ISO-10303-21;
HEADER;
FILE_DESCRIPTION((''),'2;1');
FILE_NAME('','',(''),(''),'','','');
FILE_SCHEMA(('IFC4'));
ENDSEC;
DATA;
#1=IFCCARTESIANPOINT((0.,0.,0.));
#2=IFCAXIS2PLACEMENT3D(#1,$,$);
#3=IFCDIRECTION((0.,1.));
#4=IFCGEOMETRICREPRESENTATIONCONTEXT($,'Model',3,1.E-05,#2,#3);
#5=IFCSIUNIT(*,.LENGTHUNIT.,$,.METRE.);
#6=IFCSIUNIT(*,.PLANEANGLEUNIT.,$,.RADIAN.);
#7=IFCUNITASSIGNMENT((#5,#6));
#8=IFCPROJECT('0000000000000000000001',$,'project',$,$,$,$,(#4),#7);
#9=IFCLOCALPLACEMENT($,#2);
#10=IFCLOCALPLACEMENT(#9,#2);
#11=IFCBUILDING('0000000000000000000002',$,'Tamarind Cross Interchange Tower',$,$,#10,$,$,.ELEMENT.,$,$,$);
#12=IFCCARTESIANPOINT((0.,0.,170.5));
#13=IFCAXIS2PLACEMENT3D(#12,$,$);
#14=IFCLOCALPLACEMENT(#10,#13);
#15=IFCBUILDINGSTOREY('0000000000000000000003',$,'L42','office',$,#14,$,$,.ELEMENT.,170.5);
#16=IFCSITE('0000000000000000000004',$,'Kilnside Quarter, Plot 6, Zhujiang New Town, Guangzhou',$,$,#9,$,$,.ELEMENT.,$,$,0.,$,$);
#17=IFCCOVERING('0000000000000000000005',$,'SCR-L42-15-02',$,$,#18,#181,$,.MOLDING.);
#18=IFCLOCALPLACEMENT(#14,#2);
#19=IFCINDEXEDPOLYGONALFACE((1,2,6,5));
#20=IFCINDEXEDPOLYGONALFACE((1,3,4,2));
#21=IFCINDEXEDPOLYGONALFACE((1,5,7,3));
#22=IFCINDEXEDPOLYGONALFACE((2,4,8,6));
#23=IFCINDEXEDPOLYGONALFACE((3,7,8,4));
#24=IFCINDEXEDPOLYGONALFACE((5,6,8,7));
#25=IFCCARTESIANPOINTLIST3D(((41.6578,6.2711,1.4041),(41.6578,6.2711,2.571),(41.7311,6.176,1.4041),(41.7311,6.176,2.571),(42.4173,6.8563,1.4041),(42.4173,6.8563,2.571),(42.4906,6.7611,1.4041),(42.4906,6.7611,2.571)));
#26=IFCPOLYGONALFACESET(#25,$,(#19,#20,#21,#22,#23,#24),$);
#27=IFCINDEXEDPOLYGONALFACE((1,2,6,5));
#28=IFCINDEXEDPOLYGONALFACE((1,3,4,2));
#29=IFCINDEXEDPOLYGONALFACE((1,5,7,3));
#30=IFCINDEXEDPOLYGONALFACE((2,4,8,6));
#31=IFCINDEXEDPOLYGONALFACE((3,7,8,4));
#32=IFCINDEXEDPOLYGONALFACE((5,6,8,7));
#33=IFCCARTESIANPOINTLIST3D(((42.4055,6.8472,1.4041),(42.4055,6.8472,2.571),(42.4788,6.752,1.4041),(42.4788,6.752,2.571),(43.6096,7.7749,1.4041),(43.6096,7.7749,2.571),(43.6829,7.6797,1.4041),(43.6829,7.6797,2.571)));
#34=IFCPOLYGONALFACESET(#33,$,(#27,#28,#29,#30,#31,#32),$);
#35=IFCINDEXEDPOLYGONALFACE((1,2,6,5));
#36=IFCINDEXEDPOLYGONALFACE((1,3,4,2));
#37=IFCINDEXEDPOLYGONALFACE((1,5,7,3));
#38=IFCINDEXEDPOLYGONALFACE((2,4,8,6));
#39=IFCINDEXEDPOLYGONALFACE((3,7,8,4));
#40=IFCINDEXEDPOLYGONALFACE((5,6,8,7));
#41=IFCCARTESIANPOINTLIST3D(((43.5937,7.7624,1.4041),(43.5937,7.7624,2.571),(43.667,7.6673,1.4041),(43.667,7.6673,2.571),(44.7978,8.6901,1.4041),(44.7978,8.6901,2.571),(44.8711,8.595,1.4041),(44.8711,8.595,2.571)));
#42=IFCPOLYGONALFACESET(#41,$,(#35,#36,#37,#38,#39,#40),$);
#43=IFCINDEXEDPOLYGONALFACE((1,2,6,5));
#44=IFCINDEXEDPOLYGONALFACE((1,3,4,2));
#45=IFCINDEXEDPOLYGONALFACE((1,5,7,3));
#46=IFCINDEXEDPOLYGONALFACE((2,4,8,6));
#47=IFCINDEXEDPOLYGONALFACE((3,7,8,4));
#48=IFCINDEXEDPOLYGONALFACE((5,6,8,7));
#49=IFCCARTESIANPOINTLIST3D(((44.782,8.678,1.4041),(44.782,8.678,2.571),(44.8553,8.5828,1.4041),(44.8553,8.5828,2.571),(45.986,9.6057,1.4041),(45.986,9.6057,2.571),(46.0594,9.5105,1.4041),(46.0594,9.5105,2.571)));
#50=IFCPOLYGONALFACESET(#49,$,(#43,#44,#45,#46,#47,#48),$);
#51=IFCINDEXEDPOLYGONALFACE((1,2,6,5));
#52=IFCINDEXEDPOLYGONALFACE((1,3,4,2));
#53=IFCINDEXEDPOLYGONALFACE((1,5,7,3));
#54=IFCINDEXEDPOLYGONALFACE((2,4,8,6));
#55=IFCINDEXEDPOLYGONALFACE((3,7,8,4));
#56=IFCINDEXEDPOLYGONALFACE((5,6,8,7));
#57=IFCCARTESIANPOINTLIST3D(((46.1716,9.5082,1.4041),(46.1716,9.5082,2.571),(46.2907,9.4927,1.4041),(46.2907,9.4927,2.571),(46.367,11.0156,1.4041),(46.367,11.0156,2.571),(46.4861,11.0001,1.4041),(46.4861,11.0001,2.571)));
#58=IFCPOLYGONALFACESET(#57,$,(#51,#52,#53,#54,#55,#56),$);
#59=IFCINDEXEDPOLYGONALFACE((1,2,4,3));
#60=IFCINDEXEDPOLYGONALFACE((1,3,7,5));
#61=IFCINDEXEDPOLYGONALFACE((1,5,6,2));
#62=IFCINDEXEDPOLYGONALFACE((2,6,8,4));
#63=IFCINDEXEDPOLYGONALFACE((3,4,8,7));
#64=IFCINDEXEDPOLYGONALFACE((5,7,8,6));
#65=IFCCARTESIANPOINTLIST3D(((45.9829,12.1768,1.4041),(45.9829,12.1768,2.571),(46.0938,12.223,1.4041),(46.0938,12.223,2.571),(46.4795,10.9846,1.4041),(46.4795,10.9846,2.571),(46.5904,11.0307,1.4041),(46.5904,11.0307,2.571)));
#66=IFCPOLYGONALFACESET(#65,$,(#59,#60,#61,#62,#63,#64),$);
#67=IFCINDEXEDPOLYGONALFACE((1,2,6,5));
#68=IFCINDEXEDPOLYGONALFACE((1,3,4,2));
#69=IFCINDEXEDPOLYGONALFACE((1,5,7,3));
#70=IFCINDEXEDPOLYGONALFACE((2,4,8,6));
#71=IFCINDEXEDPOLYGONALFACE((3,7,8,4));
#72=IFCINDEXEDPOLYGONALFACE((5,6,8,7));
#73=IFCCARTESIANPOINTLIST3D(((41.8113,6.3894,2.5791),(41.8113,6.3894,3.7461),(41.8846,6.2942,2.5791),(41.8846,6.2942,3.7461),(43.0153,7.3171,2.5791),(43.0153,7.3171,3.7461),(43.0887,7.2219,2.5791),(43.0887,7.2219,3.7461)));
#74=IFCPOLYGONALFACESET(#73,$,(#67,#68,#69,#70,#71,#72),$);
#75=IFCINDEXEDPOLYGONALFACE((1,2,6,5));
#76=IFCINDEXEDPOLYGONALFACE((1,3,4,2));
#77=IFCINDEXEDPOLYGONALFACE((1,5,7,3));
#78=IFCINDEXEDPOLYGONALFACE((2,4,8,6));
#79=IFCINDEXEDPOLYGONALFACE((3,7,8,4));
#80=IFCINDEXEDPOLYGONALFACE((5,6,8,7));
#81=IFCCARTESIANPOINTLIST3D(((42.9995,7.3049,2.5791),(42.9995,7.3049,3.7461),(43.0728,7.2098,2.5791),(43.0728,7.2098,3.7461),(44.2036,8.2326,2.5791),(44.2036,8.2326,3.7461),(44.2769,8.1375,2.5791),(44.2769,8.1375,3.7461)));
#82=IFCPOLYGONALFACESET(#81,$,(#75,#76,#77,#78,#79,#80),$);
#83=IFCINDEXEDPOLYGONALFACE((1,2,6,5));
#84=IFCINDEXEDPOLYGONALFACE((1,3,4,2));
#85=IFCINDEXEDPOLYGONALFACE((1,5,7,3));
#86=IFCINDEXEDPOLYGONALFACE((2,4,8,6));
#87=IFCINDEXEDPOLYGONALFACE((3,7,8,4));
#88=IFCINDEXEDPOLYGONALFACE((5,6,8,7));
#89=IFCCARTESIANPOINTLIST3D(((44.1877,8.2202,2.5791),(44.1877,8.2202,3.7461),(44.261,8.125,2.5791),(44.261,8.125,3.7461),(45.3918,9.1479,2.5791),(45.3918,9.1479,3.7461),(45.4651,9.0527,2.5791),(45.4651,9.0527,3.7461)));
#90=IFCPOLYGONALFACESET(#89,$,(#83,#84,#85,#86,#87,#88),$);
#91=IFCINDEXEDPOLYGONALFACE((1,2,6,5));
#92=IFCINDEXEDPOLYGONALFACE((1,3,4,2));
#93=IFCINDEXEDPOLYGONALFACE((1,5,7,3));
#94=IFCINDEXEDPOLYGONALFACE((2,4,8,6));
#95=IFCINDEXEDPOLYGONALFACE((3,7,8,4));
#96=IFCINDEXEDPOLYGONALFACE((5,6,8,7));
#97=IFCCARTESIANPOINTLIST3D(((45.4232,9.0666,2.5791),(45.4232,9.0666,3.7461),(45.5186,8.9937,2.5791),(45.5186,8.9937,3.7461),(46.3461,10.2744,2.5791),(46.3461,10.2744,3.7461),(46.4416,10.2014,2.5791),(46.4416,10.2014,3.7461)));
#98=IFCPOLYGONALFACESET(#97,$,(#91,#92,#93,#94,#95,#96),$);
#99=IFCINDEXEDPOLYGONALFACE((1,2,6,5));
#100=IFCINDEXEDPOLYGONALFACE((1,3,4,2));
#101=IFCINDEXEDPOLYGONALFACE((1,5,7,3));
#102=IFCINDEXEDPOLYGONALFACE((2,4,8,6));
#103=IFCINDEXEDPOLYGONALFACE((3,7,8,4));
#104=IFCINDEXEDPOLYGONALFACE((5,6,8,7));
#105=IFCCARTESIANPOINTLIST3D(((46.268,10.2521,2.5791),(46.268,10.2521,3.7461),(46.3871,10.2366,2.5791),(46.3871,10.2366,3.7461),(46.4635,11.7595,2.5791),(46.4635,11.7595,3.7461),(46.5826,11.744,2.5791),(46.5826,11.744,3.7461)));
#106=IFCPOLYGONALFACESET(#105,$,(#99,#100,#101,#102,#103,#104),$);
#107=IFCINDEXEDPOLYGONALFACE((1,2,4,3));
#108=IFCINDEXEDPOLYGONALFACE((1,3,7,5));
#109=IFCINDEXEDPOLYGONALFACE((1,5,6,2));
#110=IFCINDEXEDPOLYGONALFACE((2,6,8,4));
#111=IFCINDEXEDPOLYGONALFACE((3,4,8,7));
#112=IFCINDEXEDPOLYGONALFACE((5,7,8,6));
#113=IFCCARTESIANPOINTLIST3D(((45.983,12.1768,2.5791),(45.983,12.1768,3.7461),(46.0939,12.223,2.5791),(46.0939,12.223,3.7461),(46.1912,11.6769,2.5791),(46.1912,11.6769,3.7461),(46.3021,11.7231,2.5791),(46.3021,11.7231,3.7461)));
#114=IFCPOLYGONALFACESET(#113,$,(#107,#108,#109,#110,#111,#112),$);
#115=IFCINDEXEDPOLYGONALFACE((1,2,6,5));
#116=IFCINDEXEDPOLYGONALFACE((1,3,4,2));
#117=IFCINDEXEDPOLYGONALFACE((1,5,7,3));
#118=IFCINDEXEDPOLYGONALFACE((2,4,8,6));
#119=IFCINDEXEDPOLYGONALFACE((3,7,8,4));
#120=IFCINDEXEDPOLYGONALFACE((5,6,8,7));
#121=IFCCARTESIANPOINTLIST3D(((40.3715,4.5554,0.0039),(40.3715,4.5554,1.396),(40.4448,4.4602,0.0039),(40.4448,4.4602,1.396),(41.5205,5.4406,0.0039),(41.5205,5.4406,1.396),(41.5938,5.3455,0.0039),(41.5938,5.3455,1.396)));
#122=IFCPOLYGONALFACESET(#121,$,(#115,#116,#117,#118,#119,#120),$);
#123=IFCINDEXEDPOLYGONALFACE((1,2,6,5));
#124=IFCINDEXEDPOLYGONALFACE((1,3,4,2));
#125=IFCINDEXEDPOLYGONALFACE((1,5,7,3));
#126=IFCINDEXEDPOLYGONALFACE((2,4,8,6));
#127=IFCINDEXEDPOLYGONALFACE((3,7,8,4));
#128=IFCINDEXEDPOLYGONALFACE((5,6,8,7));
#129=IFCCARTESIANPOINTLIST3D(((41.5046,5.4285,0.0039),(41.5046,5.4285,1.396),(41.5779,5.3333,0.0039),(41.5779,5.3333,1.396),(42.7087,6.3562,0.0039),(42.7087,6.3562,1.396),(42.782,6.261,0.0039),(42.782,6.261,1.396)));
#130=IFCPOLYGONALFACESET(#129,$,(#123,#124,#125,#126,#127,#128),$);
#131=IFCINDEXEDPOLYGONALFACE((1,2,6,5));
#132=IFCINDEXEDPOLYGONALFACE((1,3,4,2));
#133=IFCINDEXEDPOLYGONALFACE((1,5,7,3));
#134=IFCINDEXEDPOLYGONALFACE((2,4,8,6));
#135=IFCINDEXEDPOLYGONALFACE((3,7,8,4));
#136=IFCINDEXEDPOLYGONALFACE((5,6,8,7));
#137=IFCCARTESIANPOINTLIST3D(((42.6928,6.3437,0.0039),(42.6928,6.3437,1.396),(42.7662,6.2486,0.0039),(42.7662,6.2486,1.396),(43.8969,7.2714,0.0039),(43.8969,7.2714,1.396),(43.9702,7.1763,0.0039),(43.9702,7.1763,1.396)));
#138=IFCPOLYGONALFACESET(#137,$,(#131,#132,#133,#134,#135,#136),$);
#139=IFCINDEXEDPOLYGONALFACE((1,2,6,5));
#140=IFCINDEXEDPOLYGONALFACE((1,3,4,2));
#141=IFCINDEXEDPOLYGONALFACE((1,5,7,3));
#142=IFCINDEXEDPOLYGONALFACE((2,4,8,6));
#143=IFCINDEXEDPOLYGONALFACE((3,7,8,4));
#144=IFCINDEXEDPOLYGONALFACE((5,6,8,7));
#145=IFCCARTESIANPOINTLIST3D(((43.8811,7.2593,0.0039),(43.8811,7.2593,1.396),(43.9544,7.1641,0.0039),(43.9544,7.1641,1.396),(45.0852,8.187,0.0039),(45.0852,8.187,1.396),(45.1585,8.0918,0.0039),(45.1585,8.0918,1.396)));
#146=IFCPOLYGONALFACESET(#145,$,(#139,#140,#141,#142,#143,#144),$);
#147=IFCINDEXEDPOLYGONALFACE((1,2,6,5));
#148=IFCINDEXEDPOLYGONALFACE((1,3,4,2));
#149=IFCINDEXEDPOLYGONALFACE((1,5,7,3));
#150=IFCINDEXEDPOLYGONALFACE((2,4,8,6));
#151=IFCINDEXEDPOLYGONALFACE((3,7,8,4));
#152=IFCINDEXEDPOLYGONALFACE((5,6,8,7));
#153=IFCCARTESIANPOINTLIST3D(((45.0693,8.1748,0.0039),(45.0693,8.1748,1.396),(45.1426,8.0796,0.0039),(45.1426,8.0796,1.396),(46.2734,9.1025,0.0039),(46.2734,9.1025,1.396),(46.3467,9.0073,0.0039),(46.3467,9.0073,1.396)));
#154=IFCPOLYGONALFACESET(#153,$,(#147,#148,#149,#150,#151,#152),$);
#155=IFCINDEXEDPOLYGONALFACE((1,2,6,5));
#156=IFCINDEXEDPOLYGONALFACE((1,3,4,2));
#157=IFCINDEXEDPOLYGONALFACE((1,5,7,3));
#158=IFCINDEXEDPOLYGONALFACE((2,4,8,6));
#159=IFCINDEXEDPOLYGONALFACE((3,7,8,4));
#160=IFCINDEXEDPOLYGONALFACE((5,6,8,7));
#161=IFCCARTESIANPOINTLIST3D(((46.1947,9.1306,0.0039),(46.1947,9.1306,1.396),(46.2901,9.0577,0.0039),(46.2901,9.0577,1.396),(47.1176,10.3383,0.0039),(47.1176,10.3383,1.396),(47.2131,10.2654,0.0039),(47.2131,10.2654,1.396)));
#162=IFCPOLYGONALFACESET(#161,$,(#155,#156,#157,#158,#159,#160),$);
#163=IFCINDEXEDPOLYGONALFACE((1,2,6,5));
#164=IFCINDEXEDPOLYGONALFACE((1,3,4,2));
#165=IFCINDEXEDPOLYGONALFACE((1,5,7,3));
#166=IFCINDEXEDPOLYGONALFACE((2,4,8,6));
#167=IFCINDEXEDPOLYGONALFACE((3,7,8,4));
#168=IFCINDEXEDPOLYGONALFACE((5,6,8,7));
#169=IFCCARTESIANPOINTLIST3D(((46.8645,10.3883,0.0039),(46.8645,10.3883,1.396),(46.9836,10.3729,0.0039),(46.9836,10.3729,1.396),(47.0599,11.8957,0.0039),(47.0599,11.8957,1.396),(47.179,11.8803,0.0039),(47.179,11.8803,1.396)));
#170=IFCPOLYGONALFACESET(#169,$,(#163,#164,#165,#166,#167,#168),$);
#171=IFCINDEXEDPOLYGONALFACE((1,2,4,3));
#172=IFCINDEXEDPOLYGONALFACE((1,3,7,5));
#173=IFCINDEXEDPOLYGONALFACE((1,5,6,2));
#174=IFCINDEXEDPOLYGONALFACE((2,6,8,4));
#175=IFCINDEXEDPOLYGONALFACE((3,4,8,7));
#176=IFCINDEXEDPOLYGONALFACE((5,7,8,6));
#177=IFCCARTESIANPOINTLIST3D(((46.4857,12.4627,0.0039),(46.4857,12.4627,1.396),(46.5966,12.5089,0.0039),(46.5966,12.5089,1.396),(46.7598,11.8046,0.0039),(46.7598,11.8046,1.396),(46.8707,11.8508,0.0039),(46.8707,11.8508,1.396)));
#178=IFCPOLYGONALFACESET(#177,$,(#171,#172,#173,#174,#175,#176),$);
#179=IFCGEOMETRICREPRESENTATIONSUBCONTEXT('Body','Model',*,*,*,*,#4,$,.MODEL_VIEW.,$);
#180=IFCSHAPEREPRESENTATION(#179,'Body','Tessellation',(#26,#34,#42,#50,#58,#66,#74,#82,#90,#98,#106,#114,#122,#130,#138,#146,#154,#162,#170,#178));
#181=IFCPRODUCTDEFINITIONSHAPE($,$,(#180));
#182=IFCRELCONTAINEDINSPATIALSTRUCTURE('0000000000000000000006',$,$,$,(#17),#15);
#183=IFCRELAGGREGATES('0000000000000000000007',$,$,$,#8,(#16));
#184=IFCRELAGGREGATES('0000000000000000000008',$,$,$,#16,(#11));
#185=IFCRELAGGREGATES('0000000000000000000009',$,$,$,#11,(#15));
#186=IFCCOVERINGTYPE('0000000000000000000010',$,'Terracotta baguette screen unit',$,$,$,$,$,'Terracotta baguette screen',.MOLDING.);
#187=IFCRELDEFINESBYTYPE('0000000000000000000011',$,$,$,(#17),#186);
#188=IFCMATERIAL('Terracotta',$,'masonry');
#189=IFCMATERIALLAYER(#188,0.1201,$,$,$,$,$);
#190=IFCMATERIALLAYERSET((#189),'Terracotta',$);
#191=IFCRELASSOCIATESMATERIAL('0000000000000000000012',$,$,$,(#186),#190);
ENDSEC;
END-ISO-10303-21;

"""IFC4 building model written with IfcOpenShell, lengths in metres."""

from ifc_helpers import new_model, si_unit, direction, frame, origin, origin_2d, place, context, subcontext, project, spatial, rectangle, extrude, material, layer, layer_set, type_object, element, save


model = new_model("IFC4")

# Units and contexts
model_context = context("Model", 3, precision=1e-05, world=origin(), true_north=direction((0.0, 1.0)))
body_context = subcontext(model_context, "Body", "Model", "MODEL_VIEW")
ifc_project = project(units=[si_unit("LENGTHUNIT", "METRE"), si_unit("PLANEANGLEUNIT", "RADIAN")], contexts=[model_context])

# Site, building, storey
site_placement = place(None, origin())
site = spatial("IfcSite", under=ifc_project, at=site_placement, Name="Kilnside Quarter, Plot 6, Zhujiang New Town, Guangzhou", CompositionType="ELEMENT", RefElevation=0.0)
building_placement = place(site_placement, origin())
building = spatial("IfcBuilding", under=site, at=building_placement, Name="Tamarind Cross Interchange Tower", CompositionType="ELEMENT")
storey_placement = place(building_placement, frame((0.0, 0.0, 170.5)))
storey = spatial("IfcBuildingStorey", under=building, at=storey_placement, Name="L42", Description="office", CompositionType="ELEMENT", Elevation=170.5)

# Covering
ifc_material_1 = material(Name="Terracotta", Category="masonry")
ifc_layer_1 = layer(ifc_material_1, 0.1201)
ifc_layer_set_1 = layer_set([ifc_layer_1], Name="Terracotta")
covering_type = type_object("IfcCoveringType", Name="Terracotta baguette screen unit", ElementType="Terracotta baguette screen", PredefinedType="MOLDING", material=ifc_layer_set_1)
covering_1_placement = place(storey_placement, origin())
element("IfcCovering", 1, at=covering_1_placement, inside=storey, type_object=covering_type, Name="SCR-L42-15-02", PredefinedType="MOLDING", context=body_context, shape_type="SweptSolid", body=[
    extrude(rectangle(XDim=0.9587, YDim=0.1201, at=origin_2d()), frame((42.0742, 6.5161, 1.4041), z_axis=(0.0, 0.0, 1.0), x_axis=(0.792153, 0.610322, 0.0)), (0.0, 0.0, 1.0), 1.167),
    extrude(rectangle(XDim=1.52, YDim=0.1201, at=origin_2d()), frame((43.0442, 7.2634, 1.4041), z_axis=(0.0, 0.0, 1.0), x_axis=(0.792153, 0.610322, 0.0)), (0.0, 0.0, 1.0), 1.167),
    extrude(rectangle(XDim=1.52, YDim=0.1201, at=origin_2d()), frame((44.2324, 8.1787, 1.4041), z_axis=(0.0, 0.0, 1.0), x_axis=(0.792153, 0.610322, 0.0)), (0.0, 0.0, 1.0), 1.167),
    extrude(rectangle(XDim=1.52, YDim=0.1201, at=origin_2d()), frame((45.4207, 9.0942, 1.4041), z_axis=(0.0, 0.0, 1.0), x_axis=(0.792153, 0.610322, 0.0)), (0.0, 0.0, 1.0), 1.167),
    extrude(rectangle(XDim=1.52, YDim=0.1201, at=origin_2d()), frame((46.3289, 10.2542, 1.4041), z_axis=(0.0, 0.0, 1.0), x_axis=(0.128574, 0.9917, 0.0)), (0.0, 0.0, 1.0), 1.167),
    extrude(rectangle(XDim=1.2915, YDim=0.1201, at=origin_2d()), frame((46.2866, 11.6038, 1.4041), z_axis=(0.0, 0.0, 1.0), x_axis=(-0.384502, 0.923124, 0.0)), (0.0, 0.0, 1.0), 1.167),
    extrude(rectangle(XDim=1.52, YDim=0.1201, at=origin_2d()), frame((42.45, 6.8057, 2.5791), z_axis=(0.0, 0.0, 1.0), x_axis=(0.792153, 0.610322, 0.0)), (0.0, 0.0, 1.0), 1.167),
    extrude(rectangle(XDim=1.52, YDim=0.1201, at=origin_2d()), frame((43.6382, 7.7212, 2.5791), z_axis=(0.0, 0.0, 1.0), x_axis=(0.792153, 0.610322, 0.0)), (0.0, 0.0, 1.0), 1.167),
    extrude(rectangle(XDim=1.52, YDim=0.1201, at=origin_2d()), frame((44.8264, 8.6365, 2.5791), z_axis=(0.0, 0.0, 1.0), x_axis=(0.792153, 0.610322, 0.0)), (0.0, 0.0, 1.0), 1.167),
    extrude(rectangle(XDim=1.52, YDim=0.1201, at=origin_2d()), frame((45.9324, 9.634, 2.5791), z_axis=(0.0, 0.0, 1.0), x_axis=(0.607198, 0.79455, 0.0)), (0.0, 0.0, 1.0), 1.167),
    extrude(rectangle(XDim=1.52, YDim=0.1201, at=origin_2d()), frame((46.4253, 10.998, 2.5791), z_axis=(0.0, 0.0, 1.0), x_axis=(0.128574, 0.9917, 0.0)), (0.0, 0.0, 1.0), 1.167),
    extrude(rectangle(XDim=0.5415, YDim=0.1201, at=origin_2d()), frame((46.1426, 11.95, 2.5791), z_axis=(0.0, 0.0, 1.0), x_axis=(-0.384502, 0.923124, 0.0)), (0.0, 0.0, 1.0), 1.167),
    extrude(rectangle(XDim=1.4504, YDim=0.1201, at=origin_2d()), frame((40.9827, 4.9504, 0.0039), z_axis=(0.0, 0.0, 1.0), x_axis=(0.792153, 0.610322, 0.0)), (0.0, 0.0, 1.0), 1.3921),
    extrude(rectangle(XDim=1.52, YDim=0.1201, at=origin_2d()), frame((42.1433, 5.8447, 0.0039), z_axis=(0.0, 0.0, 1.0), x_axis=(0.792153, 0.610322, 0.0)), (0.0, 0.0, 1.0), 1.3921),
    extrude(rectangle(XDim=1.52, YDim=0.1201, at=origin_2d()), frame((43.3315, 6.76, 0.0039), z_axis=(0.0, 0.0, 1.0), x_axis=(0.792153, 0.610322, 0.0)), (0.0, 0.0, 1.0), 1.3921),
    extrude(rectangle(XDim=1.52, YDim=0.1201, at=origin_2d()), frame((44.5198, 7.6755, 0.0039), z_axis=(0.0, 0.0, 1.0), x_axis=(0.792153, 0.610322, 0.0)), (0.0, 0.0, 1.0), 1.3921),
    extrude(rectangle(XDim=1.52, YDim=0.1201, at=origin_2d()), frame((45.708, 8.5911, 0.0039), z_axis=(0.0, 0.0, 1.0), x_axis=(0.792153, 0.610322, 0.0)), (0.0, 0.0, 1.0), 1.3921),
    extrude(rectangle(XDim=1.52, YDim=0.1201, at=origin_2d()), frame((46.7039, 9.698, 0.0039), z_axis=(0.0, 0.0, 1.0), x_axis=(0.607198, 0.79455, 0.0)), (0.0, 0.0, 1.0), 1.3921),
    extrude(rectangle(XDim=1.52, YDim=0.1201, at=origin_2d()), frame((47.0217, 11.1343, 0.0039), z_axis=(0.0, 0.0, 1.0), x_axis=(0.128574, 0.9917, 0.0)), (0.0, 0.0, 1.0), 1.3921),
    extrude(rectangle(XDim=0.7129, YDim=0.1201, at=origin_2d()), frame((46.6782, 12.1567, 0.0039), z_axis=(0.0, 0.0, 1.0), x_axis=(-0.384502, 0.923124, 0.0)), (0.0, 0.0, 1.0), 1.3921),
])

save(model, "model.ifc")
